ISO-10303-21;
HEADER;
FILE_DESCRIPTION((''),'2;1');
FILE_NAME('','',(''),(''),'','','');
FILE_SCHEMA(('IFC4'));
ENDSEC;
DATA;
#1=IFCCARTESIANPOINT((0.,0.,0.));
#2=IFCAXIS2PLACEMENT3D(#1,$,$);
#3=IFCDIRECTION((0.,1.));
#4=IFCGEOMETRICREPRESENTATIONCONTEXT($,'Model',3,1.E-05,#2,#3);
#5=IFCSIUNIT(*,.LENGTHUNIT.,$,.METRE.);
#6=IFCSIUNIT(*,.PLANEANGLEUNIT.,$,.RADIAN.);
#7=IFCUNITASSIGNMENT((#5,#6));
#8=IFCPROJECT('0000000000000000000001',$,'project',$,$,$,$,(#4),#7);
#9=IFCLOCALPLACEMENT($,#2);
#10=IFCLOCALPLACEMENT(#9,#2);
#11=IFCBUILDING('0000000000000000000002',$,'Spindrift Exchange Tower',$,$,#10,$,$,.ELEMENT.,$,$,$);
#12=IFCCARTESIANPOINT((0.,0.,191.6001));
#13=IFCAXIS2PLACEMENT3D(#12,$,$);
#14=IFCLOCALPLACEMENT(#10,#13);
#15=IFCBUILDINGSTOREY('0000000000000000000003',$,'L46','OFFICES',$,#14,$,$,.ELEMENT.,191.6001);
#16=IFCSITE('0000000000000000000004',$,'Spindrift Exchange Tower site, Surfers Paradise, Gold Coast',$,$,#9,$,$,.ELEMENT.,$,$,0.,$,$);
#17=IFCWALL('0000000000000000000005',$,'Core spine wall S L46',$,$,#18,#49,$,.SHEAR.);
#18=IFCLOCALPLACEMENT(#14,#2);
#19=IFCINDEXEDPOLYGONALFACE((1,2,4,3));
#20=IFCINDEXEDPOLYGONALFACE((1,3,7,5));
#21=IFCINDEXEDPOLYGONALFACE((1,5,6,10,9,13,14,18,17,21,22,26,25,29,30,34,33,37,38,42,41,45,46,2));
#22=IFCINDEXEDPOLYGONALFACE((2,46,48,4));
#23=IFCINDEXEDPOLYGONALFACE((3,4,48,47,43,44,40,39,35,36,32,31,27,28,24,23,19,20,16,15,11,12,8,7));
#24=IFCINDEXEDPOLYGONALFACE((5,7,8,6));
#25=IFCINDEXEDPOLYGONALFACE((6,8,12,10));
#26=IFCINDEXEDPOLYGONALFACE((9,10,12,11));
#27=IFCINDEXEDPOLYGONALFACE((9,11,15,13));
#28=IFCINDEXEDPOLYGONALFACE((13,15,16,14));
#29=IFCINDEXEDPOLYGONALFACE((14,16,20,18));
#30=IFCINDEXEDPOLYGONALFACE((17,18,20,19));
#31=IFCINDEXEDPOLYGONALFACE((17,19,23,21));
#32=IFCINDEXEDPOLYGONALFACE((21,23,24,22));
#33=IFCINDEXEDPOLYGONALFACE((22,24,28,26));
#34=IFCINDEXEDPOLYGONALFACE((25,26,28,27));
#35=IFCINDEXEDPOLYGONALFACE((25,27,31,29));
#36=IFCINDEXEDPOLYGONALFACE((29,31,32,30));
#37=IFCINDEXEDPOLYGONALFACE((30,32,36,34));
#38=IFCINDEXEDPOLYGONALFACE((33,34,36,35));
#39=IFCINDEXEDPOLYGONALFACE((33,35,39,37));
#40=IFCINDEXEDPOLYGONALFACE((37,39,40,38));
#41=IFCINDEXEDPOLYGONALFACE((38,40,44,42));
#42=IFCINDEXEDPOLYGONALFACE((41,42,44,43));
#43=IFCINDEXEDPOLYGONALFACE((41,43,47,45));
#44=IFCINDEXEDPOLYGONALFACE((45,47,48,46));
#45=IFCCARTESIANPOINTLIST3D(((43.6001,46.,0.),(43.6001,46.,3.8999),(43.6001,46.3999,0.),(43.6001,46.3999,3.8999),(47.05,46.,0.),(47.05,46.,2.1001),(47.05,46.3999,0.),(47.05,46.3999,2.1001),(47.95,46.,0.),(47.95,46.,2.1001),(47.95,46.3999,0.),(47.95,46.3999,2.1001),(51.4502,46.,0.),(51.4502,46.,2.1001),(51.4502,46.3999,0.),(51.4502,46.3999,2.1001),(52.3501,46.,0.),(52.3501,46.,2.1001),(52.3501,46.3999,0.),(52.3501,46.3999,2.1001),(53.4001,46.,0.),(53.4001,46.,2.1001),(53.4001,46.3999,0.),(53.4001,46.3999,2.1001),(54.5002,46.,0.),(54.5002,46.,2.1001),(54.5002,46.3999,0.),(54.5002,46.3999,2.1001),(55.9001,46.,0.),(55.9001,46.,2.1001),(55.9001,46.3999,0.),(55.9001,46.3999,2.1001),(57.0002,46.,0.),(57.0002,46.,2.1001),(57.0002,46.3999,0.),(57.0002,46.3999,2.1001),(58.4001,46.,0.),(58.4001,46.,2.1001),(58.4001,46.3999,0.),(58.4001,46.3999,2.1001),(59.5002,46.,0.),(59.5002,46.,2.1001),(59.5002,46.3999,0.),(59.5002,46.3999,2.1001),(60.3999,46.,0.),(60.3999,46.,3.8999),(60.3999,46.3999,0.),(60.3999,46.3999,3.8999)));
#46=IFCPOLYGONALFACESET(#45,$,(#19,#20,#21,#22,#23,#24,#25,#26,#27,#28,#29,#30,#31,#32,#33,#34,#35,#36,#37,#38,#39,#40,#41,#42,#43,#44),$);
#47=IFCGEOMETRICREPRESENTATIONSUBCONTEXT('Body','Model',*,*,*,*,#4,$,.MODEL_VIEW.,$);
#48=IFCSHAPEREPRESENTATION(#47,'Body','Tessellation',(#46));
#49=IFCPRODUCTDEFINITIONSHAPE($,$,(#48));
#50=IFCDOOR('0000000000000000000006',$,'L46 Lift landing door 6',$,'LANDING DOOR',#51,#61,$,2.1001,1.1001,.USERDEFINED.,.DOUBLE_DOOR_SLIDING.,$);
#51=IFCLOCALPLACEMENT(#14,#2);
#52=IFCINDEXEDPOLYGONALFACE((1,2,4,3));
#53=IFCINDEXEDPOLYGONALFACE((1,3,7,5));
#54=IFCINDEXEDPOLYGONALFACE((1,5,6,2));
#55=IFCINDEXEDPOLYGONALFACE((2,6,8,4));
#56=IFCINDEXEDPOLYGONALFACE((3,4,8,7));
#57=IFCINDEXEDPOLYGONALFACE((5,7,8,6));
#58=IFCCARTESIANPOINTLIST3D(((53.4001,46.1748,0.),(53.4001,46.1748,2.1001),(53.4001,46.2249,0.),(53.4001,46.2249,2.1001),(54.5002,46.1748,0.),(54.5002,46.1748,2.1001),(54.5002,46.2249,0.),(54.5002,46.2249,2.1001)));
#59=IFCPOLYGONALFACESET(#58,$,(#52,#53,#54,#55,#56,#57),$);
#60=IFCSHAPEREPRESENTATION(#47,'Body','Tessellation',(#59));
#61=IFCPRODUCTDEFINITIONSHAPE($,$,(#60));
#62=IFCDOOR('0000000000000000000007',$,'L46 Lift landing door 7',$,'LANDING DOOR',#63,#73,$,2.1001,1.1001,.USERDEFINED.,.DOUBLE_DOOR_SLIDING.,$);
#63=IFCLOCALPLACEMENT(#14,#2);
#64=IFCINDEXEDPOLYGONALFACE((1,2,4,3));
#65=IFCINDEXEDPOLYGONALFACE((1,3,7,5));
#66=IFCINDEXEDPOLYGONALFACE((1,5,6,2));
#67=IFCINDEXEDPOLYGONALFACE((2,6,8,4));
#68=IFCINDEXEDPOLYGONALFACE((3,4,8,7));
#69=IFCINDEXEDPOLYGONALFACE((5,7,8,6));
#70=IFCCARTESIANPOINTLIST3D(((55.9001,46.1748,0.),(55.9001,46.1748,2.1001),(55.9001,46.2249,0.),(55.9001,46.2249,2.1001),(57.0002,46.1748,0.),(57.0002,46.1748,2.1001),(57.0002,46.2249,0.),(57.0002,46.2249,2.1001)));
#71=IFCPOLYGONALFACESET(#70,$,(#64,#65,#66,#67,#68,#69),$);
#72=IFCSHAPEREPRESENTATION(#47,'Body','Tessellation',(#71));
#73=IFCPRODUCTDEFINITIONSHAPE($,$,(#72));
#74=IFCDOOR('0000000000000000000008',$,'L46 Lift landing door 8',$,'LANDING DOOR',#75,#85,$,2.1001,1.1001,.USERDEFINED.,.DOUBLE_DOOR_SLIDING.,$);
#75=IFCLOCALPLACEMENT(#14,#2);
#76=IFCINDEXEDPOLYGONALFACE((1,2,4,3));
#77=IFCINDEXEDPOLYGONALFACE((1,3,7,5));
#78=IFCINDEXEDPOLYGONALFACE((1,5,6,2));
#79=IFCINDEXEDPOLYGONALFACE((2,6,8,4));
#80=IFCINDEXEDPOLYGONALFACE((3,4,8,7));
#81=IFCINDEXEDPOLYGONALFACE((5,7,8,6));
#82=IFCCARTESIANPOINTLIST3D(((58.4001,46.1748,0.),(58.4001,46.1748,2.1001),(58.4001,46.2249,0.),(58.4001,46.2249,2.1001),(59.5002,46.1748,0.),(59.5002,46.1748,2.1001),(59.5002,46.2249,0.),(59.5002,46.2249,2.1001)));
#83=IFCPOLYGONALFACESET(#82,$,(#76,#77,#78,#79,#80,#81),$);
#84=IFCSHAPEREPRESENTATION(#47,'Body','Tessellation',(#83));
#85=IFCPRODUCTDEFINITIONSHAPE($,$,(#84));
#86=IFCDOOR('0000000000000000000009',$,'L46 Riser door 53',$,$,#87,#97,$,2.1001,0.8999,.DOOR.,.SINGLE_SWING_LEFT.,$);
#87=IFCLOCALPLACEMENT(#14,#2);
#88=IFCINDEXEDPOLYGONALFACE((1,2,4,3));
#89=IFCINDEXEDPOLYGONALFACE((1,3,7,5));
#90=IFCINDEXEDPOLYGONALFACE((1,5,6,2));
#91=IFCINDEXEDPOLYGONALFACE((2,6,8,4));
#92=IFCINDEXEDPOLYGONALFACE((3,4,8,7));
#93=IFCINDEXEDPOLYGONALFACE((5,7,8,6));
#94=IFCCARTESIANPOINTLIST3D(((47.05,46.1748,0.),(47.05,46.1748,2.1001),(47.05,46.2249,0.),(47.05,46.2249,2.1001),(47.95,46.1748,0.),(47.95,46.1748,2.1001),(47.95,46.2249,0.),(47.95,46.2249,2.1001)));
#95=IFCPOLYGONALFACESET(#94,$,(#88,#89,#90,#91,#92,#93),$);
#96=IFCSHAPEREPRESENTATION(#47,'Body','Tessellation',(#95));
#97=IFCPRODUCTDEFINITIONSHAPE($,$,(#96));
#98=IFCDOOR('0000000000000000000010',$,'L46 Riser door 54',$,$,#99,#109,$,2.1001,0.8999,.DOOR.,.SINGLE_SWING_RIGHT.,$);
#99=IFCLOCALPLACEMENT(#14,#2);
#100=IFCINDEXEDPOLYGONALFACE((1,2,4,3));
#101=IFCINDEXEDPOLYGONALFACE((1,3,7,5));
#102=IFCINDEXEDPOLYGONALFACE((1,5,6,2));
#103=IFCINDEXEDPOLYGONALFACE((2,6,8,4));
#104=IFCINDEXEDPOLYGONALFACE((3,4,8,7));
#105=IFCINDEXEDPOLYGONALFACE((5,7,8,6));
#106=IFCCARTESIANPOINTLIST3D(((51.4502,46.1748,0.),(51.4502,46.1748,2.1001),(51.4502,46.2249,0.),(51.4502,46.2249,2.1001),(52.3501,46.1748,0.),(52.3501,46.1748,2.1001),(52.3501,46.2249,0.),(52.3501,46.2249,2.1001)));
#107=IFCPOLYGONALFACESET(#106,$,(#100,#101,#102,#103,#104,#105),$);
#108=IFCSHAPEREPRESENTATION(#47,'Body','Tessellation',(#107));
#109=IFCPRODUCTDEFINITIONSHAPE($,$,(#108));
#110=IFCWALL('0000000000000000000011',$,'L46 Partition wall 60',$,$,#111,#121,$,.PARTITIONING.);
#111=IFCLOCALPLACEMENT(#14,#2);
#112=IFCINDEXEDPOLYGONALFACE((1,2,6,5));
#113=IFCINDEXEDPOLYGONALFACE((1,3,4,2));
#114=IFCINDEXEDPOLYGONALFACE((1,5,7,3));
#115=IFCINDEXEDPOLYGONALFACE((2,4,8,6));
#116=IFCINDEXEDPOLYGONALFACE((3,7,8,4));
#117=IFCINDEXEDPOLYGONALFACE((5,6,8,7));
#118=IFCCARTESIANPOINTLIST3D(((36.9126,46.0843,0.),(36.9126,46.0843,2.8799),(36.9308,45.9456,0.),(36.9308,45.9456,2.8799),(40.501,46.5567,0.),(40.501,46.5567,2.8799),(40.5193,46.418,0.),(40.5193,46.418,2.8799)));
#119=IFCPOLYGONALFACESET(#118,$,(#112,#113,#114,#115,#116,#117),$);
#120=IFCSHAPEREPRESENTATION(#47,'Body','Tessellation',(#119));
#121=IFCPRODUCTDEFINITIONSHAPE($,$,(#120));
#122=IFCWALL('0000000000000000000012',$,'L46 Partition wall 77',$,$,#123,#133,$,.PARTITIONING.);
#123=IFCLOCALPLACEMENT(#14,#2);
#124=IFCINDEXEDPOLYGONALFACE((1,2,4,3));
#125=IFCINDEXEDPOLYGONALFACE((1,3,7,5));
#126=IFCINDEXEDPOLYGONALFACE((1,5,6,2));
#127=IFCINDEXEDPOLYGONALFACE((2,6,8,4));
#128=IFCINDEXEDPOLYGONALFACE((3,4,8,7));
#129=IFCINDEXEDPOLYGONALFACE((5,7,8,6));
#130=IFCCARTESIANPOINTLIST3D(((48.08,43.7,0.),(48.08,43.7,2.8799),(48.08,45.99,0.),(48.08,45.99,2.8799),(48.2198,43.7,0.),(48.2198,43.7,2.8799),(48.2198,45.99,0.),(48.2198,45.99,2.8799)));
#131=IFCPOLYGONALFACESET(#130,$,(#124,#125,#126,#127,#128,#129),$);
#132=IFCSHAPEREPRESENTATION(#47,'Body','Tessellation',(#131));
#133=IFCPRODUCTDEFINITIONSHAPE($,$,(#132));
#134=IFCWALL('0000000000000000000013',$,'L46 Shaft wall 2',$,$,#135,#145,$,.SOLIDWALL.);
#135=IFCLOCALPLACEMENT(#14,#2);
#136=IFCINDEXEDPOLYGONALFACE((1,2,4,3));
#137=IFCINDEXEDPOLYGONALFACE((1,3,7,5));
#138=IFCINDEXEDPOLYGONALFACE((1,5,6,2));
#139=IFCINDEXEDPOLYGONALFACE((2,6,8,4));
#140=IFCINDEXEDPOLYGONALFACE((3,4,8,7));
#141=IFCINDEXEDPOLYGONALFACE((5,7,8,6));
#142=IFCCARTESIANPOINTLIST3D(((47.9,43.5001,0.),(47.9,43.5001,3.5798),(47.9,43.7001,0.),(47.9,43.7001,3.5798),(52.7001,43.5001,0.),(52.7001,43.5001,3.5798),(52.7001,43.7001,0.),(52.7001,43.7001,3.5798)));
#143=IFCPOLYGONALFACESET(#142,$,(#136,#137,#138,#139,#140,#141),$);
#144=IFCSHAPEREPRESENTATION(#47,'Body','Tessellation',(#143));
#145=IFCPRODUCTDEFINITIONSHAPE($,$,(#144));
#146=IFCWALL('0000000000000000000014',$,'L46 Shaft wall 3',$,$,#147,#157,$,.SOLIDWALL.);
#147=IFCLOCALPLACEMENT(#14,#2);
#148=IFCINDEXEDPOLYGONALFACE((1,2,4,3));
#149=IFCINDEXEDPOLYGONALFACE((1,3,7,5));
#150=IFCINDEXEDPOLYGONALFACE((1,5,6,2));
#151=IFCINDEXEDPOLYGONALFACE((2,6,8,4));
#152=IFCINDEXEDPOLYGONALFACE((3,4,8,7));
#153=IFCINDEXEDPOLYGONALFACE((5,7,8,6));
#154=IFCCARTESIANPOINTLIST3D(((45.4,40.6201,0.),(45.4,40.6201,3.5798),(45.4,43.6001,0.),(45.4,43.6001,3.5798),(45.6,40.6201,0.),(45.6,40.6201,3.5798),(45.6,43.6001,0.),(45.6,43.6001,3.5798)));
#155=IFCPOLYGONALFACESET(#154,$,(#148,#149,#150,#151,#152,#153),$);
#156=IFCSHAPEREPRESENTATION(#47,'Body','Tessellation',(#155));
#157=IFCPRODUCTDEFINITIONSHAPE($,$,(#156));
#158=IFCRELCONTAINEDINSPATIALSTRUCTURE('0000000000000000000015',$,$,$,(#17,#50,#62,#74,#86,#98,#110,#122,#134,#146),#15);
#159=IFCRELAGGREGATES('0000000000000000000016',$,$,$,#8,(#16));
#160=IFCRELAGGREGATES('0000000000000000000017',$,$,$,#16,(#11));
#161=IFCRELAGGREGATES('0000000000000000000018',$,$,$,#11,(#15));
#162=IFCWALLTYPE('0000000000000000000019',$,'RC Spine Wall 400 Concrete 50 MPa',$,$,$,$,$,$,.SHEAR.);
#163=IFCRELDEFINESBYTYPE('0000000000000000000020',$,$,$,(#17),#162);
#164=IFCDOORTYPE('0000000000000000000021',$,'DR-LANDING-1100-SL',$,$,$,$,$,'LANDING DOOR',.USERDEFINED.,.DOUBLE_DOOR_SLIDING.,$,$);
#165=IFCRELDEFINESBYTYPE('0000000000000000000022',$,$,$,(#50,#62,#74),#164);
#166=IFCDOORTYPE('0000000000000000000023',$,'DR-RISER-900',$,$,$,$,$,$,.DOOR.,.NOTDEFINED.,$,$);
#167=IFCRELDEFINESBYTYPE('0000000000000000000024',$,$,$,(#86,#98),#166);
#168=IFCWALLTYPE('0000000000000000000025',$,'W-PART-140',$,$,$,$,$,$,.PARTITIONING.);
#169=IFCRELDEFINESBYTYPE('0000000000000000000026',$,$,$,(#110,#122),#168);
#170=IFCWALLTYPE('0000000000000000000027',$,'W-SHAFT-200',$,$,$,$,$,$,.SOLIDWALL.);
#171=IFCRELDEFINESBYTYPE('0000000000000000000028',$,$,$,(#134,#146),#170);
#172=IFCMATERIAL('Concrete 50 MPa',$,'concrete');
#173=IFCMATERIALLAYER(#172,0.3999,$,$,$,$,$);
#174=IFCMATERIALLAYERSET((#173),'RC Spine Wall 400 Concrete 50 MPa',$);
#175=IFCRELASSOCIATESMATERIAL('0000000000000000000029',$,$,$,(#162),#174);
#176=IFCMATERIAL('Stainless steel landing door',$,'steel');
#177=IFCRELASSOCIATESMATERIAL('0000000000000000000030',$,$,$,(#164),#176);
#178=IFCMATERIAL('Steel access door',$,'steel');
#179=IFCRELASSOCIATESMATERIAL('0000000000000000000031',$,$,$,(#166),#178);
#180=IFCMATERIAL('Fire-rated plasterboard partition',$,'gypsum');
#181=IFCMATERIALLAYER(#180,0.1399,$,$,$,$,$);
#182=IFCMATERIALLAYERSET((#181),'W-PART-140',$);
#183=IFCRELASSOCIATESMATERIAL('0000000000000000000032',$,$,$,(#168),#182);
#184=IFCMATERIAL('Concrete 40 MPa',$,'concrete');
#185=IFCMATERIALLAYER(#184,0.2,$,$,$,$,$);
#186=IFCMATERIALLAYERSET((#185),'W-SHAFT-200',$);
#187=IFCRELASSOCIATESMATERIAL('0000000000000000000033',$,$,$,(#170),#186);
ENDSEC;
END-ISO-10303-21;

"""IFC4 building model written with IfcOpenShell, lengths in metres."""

from ifc_helpers import new_model, si_unit, direction, frame, frame_2d, origin, place, context, subcontext, project, spatial, rectangle, extrude, source, transform, mapped, material, layer, layer_set, type_object, element, fill, save


model = new_model("IFC4")

# Units and contexts
model_context = context("Model", 3, precision=1e-05, world=origin(), true_north=direction((0.0, 1.0)))
body_context = subcontext(model_context, "Body", "Model", "MODEL_VIEW")
ifc_project = project(units=[si_unit("LENGTHUNIT", "METRE"), si_unit("PLANEANGLEUNIT", "RADIAN")], contexts=[model_context])

# Site, building, storey
site_placement = place(None, origin())
site = spatial("IfcSite", under=ifc_project, at=site_placement, Name="Spindrift Exchange Tower site, Surfers Paradise, Gold Coast", CompositionType="ELEMENT", RefElevation=0.0)
building_placement = place(site_placement, origin())
building = spatial("IfcBuilding", under=site, at=building_placement, Name="Spindrift Exchange Tower", CompositionType="ELEMENT")
storey_placement = place(building_placement, frame((0.0, 0.0, 191.6001)))
storey = spatial("IfcBuildingStorey", under=building, at=storey_placement, Name="L46", Description="OFFICES", CompositionType="ELEMENT", Elevation=191.6001)

# Wall, openings, doors
ifc_material_1 = material(Name="Concrete 50 MPa", Category="concrete")
ifc_layer_1 = layer(ifc_material_1, 0.3999)
ifc_layer_set_1 = layer_set([ifc_layer_1], Name="RC Spine Wall 400 Concrete 50 MPa")
wall_type_1 = type_object("IfcWallType", Name="RC Spine Wall 400 Concrete 50 MPa", PredefinedType="SHEAR", material=ifc_layer_set_1)
wall_1_placement = place(storey_placement, frame((43.6001, 46.2, 0.0), z_axis=(0.0, 0.0, 1.0), x_axis=(1.0, 0.0, 0.0)))
wall_1 = element("IfcWall", 1, at=wall_1_placement, inside=storey, type_object=wall_type_1, Name="Core spine wall S L46", PredefinedType="SHEAR", context=body_context, shape_type="SweptSolid", body=[
    extrude(rectangle(XDim=16.7998, YDim=0.3999, at=frame_2d((8.3999, 0.0))), origin(), (0.0, 0.0, 1.0), 3.8999),
])
opening_1_placement = place(wall_1_placement, frame((9.8, 0.0, 0.0)))
opening_1 = element("IfcOpeningElement", 2, at=opening_1_placement, cuts=wall_1, PredefinedType="OPENING", context=body_context, shape_type="SweptSolid", body=[
    extrude(rectangle(XDim=1.1001, YDim=2.1001, at=frame_2d((0.55, 1.05))), frame((0.0, 0.21, 0.0), z_axis=(0.0, -1.0, 0.0), x_axis=(1.0, 0.0, 0.0)), (0.0, 0.0, 1.0), 0.4199),
])
opening_2_placement = place(wall_1_placement, frame((12.3, 0.0, 0.0)))
opening_2 = element("IfcOpeningElement", 3, at=opening_2_placement, cuts=wall_1, PredefinedType="OPENING", context=body_context, shape_type="SweptSolid", body=[
    extrude(rectangle(XDim=1.1001, YDim=2.1001, at=frame_2d((0.55, 1.05))), frame((0.0, 0.21, 0.0), z_axis=(0.0, -1.0, 0.0), x_axis=(1.0, 0.0, 0.0)), (0.0, 0.0, 1.0), 0.4199),
])
opening_3_placement = place(wall_1_placement, frame((14.8, 0.0, 0.0)))
opening_3 = element("IfcOpeningElement", 4, at=opening_3_placement, cuts=wall_1, PredefinedType="OPENING", context=body_context, shape_type="SweptSolid", body=[
    extrude(rectangle(XDim=1.1001, YDim=2.1001, at=frame_2d((0.55, 1.05))), frame((0.0, 0.21, 0.0), z_axis=(0.0, -1.0, 0.0), x_axis=(1.0, 0.0, 0.0)), (0.0, 0.0, 1.0), 0.4199),
])
opening_4_placement = place(wall_1_placement, frame((3.45, 0.0, 0.0)))
opening_4 = element("IfcOpeningElement", 5, at=opening_4_placement, cuts=wall_1, PredefinedType="OPENING", context=body_context, shape_type="SweptSolid", body=[
    extrude(rectangle(XDim=0.8999, YDim=2.1001, at=frame_2d((0.45, 1.05))), frame((0.0, 0.21, 0.0), z_axis=(0.0, -1.0, 0.0), x_axis=(1.0, 0.0, 0.0)), (0.0, 0.0, 1.0), 0.4199),
])
opening_5_placement = place(wall_1_placement, frame((7.8501, 0.0, 0.0)))
opening_5 = element("IfcOpeningElement", 6, at=opening_5_placement, cuts=wall_1, PredefinedType="OPENING", context=body_context, shape_type="SweptSolid", body=[
    extrude(rectangle(XDim=0.8999, YDim=2.1001, at=frame_2d((0.45, 1.05))), frame((0.0, 0.21, 0.0), z_axis=(0.0, -1.0, 0.0), x_axis=(1.0, 0.0, 0.0)), (0.0, 0.0, 1.0), 0.4199),
])
ifc_material_2 = material(Name="Stainless steel landing door", Category="steel")
door_type_1 = type_object("IfcDoorType", Name="DR-LANDING-1100-SL", ElementType="LANDING DOOR", OperationType="DOUBLE_DOOR_SLIDING", PredefinedType="USERDEFINED", material=ifc_material_2)
shared_shape_1 = source(origin(), body_context, "Body", "SweptSolid", [
    extrude(rectangle(XDim=1.1001, YDim=2.1001, at=frame_2d((0.55, 1.05))), frame((0.0, 0.0249, 0.0), z_axis=(0.0, -1.0, 0.0), x_axis=(1.0, 0.0, 0.0)), (0.0, 0.0, 1.0), 0.05),
])
door_1_placement = place(opening_1_placement, origin())
door_1 = element("IfcDoor", 7, at=door_1_placement, inside=storey, type_object=door_type_1, Name="L46 Lift landing door 6", ObjectType="LANDING DOOR", OperationType="DOUBLE_DOOR_SLIDING", OverallHeight=2.1001, OverallWidth=1.1001, PredefinedType="USERDEFINED", context=body_context, shape_type="MappedRepresentation", body=[
    mapped(shared_shape_1, transform((0.0, 0.0, 0.0), scale=1.0)),
])
fill(opening_1, door_1)
door_2_placement = place(opening_2_placement, origin())
door_2 = element("IfcDoor", 8, at=door_2_placement, inside=storey, type_object=door_type_1, Name="L46 Lift landing door 7", ObjectType="LANDING DOOR", OperationType="DOUBLE_DOOR_SLIDING", OverallHeight=2.1001, OverallWidth=1.1001, PredefinedType="USERDEFINED", context=body_context, shape_type="MappedRepresentation", body=[
    mapped(shared_shape_1, transform((0.0, 0.0, 0.0), scale=1.0)),
])
fill(opening_2, door_2)
door_3_placement = place(opening_3_placement, origin())
door_3 = element("IfcDoor", 9, at=door_3_placement, inside=storey, type_object=door_type_1, Name="L46 Lift landing door 8", ObjectType="LANDING DOOR", OperationType="DOUBLE_DOOR_SLIDING", OverallHeight=2.1001, OverallWidth=1.1001, PredefinedType="USERDEFINED", context=body_context, shape_type="MappedRepresentation", body=[
    mapped(shared_shape_1, transform((0.0, 0.0, 0.0), scale=1.0)),
])
fill(opening_3, door_3)
ifc_material_3 = material(Name="Steel access door", Category="steel")
door_type_2 = type_object("IfcDoorType", Name="DR-RISER-900", OperationType="NOTDEFINED", PredefinedType="DOOR", material=ifc_material_3)
shared_shape_2 = source(origin(), body_context, "Body", "SweptSolid", [
    extrude(rectangle(XDim=0.8999, YDim=2.1001, at=frame_2d((0.45, 1.05))), frame((0.0, 0.0249, 0.0), z_axis=(0.0, -1.0, 0.0), x_axis=(1.0, 0.0, 0.0)), (0.0, 0.0, 1.0), 0.05),
])
door_4_placement = place(opening_4_placement, origin())
door_4 = element("IfcDoor", 10, at=door_4_placement, inside=storey, type_object=door_type_2, Name="L46 Riser door 53", OperationType="SINGLE_SWING_LEFT", OverallHeight=2.1001, OverallWidth=0.8999, PredefinedType="DOOR", context=body_context, shape_type="MappedRepresentation", body=[
    mapped(shared_shape_2, transform((0.0, 0.0, 0.0), scale=1.0)),
])
fill(opening_4, door_4)
door_5_placement = place(opening_5_placement, origin())
door_5 = element("IfcDoor", 11, at=door_5_placement, inside=storey, type_object=door_type_2, Name="L46 Riser door 54", OperationType="SINGLE_SWING_RIGHT", OverallHeight=2.1001, OverallWidth=0.8999, PredefinedType="DOOR", context=body_context, shape_type="MappedRepresentation", body=[
    mapped(shared_shape_2, transform((0.0, 0.0, 0.0), scale=1.0)),
])
fill(opening_5, door_5)

# Walls
ifc_material_4 = material(Name="Fire-rated plasterboard partition", Category="gypsum")
ifc_layer_2 = layer(ifc_material_4, 0.1399)
ifc_layer_set_2 = layer_set([ifc_layer_2], Name="W-PART-140")
wall_type_2 = type_object("IfcWallType", Name="W-PART-140", PredefinedType="PARTITIONING", material=ifc_layer_set_2)
wall_2_placement = place(storey_placement, frame((40.51, 46.4873, 0.0), z_axis=(0.0, 0.0, 1.0), x_axis=(-0.991445, -0.130524, 0.0)))
element("IfcWall", 12, at=wall_2_placement, inside=storey, type_object=wall_type_2, Name="L46 Partition wall 60", PredefinedType="PARTITIONING", context=body_context, shape_type="SweptSolid", body=[
    extrude(rectangle(XDim=3.6194, YDim=0.1399, at=frame_2d((1.8096, 0.0))), origin(), (0.0, 0.0, 1.0), 2.8799),
])
wall_3_placement = place(storey_placement, frame((48.1499, 43.7, 0.0), z_axis=(0.0, 0.0, 1.0), x_axis=(0.0, 1.0, 0.0)))
element("IfcWall", 13, at=wall_3_placement, inside=storey, type_object=wall_type_2, Name="L46 Partition wall 77", PredefinedType="PARTITIONING", context=body_context, shape_type="SweptSolid", body=[
    extrude(rectangle(XDim=2.29, YDim=0.1399, at=frame_2d((1.145, 0.0))), origin(), (0.0, 0.0, 1.0), 2.8799),
])
ifc_material_5 = material(Name="Concrete 40 MPa", Category="concrete")
ifc_layer_3 = layer(ifc_material_5, 0.2)
ifc_layer_set_3 = layer_set([ifc_layer_3], Name="W-SHAFT-200")
wall_type_3 = type_object("IfcWallType", Name="W-SHAFT-200", PredefinedType="SOLIDWALL", material=ifc_layer_set_3)
wall_4_placement = place(storey_placement, frame((52.7, 43.6001, 0.0), z_axis=(0.0, 0.0, 1.0), x_axis=(-1.0, 0.0, 0.0)))
element("IfcWall", 14, at=wall_4_placement, inside=storey, type_object=wall_type_3, Name="L46 Shaft wall 2", PredefinedType="SOLIDWALL", context=body_context, shape_type="SweptSolid", body=[
    extrude(rectangle(XDim=4.8, YDim=0.2, at=frame_2d((2.3999, 0.0))), origin(), (0.0, 0.0, 1.0), 3.5798),
])
wall_5_placement = place(storey_placement, frame((45.5, 43.6001, 0.0), z_axis=(0.0, 0.0, 1.0), x_axis=(0.0, -1.0, 0.0)))
element("IfcWall", 15, at=wall_5_placement, inside=storey, type_object=wall_type_3, Name="L46 Shaft wall 3", PredefinedType="SOLIDWALL", context=body_context, shape_type="SweptSolid", body=[
    extrude(rectangle(XDim=2.98, YDim=0.2, at=frame_2d((1.49, 0.0))), origin(), (0.0, 0.0, 1.0), 3.5798),
])

save(model, "model.ifc")
